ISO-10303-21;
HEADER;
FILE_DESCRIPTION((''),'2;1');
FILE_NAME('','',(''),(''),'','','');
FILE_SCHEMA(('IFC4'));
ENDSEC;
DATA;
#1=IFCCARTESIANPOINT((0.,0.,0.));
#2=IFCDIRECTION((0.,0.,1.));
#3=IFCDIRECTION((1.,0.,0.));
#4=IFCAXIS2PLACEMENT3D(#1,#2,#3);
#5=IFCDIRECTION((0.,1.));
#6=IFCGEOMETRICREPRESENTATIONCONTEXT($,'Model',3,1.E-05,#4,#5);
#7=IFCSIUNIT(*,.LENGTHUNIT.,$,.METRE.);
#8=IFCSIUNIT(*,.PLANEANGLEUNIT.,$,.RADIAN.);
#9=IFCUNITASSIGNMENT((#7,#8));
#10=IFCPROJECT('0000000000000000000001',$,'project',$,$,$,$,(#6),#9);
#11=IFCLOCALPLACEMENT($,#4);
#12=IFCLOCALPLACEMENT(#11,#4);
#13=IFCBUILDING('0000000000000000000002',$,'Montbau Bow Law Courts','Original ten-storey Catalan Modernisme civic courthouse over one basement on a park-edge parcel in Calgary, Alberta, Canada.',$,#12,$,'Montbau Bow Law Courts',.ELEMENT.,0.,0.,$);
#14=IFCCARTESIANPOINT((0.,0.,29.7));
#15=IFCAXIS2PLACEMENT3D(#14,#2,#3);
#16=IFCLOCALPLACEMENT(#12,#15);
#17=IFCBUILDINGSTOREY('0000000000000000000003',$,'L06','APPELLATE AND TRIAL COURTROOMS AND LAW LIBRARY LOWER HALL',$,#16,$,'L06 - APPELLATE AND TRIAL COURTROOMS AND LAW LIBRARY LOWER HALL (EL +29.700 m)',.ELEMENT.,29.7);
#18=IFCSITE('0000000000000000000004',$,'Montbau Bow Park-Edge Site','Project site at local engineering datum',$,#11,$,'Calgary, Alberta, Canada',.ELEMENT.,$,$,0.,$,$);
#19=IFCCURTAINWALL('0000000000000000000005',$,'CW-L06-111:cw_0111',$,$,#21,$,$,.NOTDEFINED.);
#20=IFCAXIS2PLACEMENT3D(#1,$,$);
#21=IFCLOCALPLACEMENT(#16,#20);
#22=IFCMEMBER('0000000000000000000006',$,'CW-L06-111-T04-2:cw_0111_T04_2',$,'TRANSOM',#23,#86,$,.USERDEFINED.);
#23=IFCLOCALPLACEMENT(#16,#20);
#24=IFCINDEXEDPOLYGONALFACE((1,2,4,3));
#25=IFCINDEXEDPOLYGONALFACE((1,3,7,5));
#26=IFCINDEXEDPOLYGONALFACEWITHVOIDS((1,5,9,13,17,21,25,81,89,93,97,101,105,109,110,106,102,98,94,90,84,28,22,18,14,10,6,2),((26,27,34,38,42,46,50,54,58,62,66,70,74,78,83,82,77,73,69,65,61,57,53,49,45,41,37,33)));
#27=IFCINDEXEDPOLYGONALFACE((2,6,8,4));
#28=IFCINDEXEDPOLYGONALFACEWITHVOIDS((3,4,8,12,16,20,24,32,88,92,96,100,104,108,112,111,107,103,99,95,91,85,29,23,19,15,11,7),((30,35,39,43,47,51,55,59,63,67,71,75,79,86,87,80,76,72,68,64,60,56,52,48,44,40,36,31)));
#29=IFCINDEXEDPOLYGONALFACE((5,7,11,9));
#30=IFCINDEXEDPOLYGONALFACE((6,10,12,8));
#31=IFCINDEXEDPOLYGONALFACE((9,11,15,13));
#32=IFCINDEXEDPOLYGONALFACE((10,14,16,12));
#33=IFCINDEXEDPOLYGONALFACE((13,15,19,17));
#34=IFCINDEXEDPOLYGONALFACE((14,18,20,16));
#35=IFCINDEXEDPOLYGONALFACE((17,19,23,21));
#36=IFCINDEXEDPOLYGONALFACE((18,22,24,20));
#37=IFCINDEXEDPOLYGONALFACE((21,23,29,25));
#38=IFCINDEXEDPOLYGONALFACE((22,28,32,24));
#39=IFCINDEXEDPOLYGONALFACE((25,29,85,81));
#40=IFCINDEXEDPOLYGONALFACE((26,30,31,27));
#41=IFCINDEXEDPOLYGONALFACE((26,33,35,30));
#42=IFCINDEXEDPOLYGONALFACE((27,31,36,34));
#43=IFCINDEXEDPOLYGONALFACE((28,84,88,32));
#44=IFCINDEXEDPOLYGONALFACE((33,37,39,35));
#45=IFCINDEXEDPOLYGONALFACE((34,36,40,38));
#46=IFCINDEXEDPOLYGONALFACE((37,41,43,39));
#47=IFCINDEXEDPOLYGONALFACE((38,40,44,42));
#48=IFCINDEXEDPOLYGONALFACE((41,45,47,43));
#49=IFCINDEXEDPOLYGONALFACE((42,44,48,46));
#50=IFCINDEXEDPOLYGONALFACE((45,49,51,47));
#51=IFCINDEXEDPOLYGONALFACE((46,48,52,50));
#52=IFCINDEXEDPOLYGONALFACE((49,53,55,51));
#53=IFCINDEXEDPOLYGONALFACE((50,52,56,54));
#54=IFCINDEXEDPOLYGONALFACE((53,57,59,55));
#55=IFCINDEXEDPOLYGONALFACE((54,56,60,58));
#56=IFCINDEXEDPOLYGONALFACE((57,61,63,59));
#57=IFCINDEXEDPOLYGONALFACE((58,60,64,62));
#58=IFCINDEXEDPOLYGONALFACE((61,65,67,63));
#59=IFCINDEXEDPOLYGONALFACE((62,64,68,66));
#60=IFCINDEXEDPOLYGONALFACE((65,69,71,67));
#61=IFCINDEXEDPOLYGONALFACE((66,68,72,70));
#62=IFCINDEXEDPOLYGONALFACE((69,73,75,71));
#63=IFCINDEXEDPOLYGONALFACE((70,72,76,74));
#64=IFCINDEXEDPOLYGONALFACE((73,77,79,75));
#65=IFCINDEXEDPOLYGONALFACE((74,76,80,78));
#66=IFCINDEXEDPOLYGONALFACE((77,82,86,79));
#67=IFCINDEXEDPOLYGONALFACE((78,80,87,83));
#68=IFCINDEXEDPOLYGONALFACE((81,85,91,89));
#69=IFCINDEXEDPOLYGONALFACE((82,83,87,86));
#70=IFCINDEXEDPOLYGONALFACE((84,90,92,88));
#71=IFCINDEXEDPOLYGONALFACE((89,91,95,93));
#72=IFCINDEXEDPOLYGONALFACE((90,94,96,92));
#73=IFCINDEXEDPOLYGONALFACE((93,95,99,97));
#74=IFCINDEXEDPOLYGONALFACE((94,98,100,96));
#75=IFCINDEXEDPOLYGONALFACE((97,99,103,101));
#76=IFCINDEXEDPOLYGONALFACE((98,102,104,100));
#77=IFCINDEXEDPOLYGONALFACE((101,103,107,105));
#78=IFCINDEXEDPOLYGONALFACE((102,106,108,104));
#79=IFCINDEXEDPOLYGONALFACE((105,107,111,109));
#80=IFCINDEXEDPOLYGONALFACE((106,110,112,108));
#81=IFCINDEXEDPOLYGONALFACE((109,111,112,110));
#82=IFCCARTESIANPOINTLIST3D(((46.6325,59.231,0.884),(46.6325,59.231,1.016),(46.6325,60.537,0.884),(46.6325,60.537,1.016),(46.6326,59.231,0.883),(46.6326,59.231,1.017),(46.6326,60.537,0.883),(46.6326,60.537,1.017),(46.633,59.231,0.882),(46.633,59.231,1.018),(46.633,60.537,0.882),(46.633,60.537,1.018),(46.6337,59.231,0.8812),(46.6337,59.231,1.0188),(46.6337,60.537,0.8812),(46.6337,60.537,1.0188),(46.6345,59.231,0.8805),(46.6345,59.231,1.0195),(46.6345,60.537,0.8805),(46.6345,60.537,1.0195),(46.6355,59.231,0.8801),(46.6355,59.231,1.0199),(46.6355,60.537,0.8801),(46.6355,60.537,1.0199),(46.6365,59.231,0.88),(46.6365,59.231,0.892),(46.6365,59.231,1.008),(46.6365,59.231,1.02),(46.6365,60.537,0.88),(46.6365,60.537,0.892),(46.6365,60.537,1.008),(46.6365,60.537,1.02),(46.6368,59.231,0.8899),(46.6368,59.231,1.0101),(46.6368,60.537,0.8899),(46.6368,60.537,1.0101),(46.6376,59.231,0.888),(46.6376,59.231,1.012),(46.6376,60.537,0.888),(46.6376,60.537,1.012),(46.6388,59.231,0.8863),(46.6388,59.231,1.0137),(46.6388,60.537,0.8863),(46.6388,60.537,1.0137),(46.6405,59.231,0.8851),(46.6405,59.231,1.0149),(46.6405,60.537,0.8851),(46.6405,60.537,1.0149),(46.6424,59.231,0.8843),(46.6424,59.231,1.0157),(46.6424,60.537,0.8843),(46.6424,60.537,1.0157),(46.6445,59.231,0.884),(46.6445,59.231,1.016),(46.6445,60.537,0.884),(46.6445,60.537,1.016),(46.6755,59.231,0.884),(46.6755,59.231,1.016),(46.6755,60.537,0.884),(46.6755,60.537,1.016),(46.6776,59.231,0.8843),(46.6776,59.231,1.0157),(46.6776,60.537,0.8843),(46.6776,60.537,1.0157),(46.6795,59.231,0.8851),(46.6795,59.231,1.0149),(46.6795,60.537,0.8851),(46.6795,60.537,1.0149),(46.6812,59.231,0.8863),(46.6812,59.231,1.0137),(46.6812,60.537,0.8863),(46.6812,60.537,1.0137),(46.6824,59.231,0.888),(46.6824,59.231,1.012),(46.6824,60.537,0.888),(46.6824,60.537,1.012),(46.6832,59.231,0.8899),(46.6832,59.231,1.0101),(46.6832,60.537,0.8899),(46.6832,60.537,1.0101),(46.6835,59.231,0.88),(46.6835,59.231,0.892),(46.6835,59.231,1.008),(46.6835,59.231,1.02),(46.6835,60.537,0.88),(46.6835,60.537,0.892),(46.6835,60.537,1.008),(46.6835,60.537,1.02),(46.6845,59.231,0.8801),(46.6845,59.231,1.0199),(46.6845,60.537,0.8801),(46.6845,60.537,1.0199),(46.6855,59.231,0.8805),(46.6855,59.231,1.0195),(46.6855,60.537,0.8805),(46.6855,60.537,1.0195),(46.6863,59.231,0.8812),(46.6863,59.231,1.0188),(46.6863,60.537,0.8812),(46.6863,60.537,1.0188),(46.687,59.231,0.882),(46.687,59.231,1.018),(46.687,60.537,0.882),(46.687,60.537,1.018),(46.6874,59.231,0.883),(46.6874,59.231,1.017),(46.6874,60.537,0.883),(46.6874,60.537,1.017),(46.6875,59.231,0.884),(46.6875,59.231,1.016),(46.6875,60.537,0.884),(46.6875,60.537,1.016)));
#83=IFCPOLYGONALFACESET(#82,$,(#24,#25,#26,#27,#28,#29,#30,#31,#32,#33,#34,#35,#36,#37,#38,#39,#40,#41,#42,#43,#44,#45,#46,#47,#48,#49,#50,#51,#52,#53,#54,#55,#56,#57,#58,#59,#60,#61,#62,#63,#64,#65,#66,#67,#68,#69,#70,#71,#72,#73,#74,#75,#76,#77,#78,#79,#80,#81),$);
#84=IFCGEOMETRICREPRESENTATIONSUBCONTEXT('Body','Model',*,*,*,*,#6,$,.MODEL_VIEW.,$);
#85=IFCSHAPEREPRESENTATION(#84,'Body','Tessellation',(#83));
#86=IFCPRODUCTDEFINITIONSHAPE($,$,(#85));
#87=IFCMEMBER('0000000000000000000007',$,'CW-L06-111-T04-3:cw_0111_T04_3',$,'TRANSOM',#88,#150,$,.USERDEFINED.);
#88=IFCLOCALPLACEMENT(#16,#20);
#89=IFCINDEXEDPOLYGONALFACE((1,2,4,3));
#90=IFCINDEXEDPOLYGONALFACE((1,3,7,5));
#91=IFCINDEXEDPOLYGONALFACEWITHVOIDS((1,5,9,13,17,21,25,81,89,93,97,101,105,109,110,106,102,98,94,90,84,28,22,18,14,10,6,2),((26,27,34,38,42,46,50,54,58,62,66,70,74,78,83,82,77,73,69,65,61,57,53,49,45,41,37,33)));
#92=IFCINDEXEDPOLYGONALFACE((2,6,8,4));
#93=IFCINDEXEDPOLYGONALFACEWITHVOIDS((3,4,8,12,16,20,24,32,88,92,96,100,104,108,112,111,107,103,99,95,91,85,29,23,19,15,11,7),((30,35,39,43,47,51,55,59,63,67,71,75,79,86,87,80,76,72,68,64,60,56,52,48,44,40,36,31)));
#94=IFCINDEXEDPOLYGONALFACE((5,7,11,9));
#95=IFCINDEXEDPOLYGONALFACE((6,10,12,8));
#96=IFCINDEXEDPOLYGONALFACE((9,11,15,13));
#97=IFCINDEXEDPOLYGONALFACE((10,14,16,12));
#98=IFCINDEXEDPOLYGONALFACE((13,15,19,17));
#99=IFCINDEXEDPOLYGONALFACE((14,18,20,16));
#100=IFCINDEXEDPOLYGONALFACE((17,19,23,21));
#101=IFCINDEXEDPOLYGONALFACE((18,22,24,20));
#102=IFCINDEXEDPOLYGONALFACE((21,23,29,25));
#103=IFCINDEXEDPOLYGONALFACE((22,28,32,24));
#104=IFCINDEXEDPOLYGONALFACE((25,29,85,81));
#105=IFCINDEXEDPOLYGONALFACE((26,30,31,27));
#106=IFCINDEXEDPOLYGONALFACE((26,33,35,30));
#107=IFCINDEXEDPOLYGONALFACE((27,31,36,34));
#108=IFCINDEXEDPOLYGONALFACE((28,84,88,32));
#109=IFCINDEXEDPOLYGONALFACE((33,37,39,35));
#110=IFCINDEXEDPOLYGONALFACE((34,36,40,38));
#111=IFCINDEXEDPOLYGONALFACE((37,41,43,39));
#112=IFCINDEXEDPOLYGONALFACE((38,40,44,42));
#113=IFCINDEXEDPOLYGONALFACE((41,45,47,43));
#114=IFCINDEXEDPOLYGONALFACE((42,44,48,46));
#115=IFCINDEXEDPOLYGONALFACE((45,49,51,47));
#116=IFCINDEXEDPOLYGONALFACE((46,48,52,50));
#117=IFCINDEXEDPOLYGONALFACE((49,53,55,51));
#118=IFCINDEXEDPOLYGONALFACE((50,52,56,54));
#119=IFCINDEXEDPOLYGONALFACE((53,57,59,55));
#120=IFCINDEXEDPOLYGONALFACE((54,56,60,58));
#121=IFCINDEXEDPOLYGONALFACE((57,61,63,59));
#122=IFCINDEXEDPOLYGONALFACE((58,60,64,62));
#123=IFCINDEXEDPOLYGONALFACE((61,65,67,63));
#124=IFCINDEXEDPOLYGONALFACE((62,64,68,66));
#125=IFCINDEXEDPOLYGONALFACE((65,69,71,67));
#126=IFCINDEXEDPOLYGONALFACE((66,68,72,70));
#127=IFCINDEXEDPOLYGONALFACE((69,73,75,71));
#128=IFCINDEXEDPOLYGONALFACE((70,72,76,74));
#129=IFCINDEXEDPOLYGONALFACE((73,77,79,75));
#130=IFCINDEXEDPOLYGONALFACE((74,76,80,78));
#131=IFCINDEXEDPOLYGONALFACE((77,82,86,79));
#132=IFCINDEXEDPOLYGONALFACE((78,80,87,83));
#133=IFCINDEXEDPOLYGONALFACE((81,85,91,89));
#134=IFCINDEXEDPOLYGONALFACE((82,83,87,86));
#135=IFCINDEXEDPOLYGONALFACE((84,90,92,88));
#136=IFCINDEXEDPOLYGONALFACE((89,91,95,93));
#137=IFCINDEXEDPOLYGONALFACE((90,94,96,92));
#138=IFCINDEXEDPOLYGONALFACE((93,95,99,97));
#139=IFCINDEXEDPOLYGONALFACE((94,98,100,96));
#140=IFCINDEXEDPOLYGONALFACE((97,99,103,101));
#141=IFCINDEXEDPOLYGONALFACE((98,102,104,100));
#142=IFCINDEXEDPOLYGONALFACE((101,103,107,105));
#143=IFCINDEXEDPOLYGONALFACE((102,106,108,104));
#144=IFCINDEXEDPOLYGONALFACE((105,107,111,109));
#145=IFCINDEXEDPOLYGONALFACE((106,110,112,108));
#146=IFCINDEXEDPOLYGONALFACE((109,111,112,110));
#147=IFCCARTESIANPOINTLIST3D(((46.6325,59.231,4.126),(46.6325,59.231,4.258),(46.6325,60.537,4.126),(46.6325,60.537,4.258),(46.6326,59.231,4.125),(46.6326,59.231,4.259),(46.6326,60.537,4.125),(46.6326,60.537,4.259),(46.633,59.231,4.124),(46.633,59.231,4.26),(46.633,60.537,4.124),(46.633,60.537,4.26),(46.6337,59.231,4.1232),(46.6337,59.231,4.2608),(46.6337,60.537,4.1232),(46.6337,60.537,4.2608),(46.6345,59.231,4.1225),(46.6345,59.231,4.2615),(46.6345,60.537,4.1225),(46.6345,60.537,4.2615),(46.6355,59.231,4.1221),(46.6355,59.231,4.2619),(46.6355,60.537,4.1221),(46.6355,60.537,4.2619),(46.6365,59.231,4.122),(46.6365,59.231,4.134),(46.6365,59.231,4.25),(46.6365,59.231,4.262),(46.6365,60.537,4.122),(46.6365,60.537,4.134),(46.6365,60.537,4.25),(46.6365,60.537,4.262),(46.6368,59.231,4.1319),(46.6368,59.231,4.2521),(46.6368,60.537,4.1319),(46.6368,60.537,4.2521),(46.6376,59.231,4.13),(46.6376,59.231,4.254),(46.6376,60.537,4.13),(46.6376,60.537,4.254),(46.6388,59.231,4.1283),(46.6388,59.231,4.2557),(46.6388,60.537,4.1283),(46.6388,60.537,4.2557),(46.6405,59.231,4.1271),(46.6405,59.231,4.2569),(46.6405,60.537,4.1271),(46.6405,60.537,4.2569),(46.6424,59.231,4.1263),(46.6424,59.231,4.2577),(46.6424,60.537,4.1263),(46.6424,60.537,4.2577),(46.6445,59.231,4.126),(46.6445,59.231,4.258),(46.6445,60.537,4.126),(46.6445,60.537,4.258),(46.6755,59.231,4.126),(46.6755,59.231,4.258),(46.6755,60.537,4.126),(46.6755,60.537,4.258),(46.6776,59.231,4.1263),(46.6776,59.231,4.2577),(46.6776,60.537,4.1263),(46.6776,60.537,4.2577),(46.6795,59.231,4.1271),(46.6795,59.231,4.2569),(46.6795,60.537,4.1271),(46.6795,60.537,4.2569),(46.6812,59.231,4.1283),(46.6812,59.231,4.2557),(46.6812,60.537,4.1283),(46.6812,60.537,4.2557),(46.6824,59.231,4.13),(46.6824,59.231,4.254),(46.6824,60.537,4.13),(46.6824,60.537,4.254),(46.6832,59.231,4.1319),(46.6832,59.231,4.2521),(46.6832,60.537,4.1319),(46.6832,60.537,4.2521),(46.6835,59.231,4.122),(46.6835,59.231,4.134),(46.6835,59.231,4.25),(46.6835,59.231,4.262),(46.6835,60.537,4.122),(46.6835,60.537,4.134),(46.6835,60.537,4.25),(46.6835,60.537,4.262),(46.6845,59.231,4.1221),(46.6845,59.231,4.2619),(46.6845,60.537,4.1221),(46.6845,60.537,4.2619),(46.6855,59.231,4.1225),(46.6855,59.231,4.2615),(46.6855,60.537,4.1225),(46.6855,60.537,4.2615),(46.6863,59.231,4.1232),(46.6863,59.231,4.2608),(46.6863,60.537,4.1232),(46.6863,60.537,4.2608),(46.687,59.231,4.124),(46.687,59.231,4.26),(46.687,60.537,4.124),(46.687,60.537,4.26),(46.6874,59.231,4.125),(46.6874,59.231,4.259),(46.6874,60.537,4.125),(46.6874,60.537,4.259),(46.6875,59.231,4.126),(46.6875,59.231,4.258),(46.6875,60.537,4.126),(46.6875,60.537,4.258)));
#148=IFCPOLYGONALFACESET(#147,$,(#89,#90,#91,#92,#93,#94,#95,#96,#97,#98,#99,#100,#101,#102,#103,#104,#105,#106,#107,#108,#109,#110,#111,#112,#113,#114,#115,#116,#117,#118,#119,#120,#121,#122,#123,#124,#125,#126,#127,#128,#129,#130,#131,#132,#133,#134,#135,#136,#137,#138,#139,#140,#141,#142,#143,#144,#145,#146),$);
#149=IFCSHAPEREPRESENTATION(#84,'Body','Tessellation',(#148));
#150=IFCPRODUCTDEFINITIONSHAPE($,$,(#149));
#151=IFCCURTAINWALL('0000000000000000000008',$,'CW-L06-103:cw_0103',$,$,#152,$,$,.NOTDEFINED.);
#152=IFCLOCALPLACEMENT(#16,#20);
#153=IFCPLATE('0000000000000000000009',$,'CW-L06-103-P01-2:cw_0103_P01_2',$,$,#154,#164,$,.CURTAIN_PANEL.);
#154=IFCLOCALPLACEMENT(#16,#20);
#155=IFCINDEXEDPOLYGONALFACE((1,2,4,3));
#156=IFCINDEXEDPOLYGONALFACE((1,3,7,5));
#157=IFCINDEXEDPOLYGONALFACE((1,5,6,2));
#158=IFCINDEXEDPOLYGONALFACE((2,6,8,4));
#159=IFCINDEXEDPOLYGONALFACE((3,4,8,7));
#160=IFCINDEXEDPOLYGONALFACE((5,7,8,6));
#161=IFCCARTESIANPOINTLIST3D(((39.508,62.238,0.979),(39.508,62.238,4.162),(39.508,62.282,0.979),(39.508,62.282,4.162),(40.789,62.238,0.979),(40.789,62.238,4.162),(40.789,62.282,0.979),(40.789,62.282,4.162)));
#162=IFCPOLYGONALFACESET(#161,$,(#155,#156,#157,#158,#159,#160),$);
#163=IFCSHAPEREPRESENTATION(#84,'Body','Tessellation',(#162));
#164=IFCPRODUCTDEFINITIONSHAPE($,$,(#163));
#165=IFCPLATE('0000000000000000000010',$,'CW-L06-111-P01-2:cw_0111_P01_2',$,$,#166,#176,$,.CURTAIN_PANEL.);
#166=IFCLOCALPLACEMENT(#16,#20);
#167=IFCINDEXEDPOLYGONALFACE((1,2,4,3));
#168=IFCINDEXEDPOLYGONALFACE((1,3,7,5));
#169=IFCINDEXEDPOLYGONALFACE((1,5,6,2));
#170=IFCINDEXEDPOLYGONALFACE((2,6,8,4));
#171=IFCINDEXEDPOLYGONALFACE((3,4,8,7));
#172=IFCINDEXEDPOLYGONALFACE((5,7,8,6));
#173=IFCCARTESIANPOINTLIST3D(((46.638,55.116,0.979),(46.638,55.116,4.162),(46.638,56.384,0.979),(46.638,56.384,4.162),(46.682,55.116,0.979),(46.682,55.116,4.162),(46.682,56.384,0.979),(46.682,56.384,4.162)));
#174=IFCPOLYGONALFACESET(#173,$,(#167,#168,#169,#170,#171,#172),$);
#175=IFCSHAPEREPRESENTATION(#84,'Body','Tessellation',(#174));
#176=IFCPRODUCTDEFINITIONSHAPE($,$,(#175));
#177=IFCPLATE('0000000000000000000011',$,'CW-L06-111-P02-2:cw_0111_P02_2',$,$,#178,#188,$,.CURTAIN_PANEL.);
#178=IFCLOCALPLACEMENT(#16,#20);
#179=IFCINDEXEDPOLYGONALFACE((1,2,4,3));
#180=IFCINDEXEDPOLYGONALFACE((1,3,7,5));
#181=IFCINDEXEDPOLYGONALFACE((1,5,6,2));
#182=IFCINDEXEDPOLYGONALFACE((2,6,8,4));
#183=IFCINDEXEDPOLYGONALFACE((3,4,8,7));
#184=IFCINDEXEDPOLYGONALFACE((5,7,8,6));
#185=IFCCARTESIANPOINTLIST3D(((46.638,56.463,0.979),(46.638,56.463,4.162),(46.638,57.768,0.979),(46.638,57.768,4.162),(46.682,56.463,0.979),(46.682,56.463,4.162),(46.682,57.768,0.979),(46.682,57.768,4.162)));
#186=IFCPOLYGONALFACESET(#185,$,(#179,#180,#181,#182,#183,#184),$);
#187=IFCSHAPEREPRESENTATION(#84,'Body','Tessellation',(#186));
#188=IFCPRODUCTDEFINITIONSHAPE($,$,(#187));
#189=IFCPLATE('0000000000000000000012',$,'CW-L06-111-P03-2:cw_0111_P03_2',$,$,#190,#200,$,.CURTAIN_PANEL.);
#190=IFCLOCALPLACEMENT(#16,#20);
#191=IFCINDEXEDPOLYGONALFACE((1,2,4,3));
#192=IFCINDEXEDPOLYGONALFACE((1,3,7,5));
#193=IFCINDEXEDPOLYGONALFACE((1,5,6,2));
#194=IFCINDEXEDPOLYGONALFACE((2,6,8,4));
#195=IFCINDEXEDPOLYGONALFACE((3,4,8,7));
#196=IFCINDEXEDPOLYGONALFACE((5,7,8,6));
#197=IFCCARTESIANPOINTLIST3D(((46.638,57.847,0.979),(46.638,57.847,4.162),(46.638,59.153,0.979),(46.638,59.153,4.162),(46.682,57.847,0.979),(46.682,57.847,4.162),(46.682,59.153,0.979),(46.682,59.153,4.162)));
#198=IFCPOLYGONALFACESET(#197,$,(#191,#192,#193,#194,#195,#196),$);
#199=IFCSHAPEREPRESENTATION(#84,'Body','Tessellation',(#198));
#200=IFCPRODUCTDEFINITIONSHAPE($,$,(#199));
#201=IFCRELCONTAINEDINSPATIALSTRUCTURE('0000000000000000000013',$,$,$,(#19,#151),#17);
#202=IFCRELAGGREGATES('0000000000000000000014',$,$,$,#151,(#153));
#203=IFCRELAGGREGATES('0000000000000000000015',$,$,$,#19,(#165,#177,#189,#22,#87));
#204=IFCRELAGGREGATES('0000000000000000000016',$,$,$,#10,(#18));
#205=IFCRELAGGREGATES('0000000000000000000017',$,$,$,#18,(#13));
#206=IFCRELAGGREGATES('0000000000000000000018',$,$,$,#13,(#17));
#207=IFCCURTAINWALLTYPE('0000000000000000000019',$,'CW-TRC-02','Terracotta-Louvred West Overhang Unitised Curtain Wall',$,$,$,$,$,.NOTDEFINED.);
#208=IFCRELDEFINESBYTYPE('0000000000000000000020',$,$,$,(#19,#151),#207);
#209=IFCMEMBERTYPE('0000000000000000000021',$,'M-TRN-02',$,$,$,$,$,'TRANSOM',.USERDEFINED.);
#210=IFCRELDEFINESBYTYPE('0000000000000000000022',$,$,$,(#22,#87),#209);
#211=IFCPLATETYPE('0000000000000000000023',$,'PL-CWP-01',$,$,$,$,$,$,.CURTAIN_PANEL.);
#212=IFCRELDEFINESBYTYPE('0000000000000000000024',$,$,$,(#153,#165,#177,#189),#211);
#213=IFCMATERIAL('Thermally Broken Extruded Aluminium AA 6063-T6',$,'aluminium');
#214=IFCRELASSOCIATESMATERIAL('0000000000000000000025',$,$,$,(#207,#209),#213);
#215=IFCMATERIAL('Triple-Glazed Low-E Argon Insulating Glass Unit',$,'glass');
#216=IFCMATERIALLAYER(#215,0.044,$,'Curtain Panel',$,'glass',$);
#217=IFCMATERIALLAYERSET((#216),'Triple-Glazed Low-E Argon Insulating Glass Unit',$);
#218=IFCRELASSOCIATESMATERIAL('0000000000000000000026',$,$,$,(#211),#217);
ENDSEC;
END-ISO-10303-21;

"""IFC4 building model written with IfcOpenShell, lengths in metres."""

from ifc_helpers import new_model, si_unit, direction, frame, frame_2d, origin_with_axes, origin_2d_with_axis, place, context, subcontext, project, spatial, rectangle, hollow_rectangle, extrude, material, layer, layer_set, material_profile, profile_set, type_object, element, aggregate, save


model = new_model("IFC4")

# Units and contexts
model_context = context("Model", 3, precision=1e-05, world=origin_with_axes(), true_north=direction((0.0, 1.0)))
body_context = subcontext(model_context, "Body", "Model", "MODEL_VIEW")
ifc_project = project(units=[si_unit("LENGTHUNIT", "METRE"), si_unit("PLANEANGLEUNIT", "RADIAN")], contexts=[model_context])

# Site, building, storey
site_placement = place(None, origin_with_axes())
site = spatial("IfcSite", under=ifc_project, at=site_placement, Name="Montbau Bow Park-Edge Site", Description="Project site at local engineering datum", LongName="Calgary, Alberta, Canada", CompositionType="ELEMENT", RefElevation=0.0)
building_placement = place(site_placement, origin_with_axes())
building = spatial("IfcBuilding", under=site, at=building_placement, Name="Montbau Bow Law Courts", Description="Original ten-storey Catalan Modernisme civic courthouse over one basement on a park-edge parcel in Calgary, Alberta, Canada.", LongName="Montbau Bow Law Courts", CompositionType="ELEMENT", ElevationOfRefHeight=0.0, ElevationOfTerrain=0.0)
storey_placement = place(building_placement, frame((0.0, 0.0, 29.7), z_axis=(0.0, 0.0, 1.0), x_axis=(1.0, 0.0, 0.0)))
storey = spatial("IfcBuildingStorey", under=building, at=storey_placement, Name="L06", Description="APPELLATE AND TRIAL COURTROOMS AND LAW LIBRARY LOWER HALL", LongName="L06 - APPELLATE AND TRIAL COURTROOMS AND LAW LIBRARY LOWER HALL (EL +29.700 m)", CompositionType="ELEMENT", Elevation=29.7)

# Curtain wall, members
ifc_material_1 = material(Name="Thermally Broken Extruded Aluminium AA 6063-T6", Category="aluminium")
curtain_wall_type = type_object("IfcCurtainWallType", Name="CW-TRC-02", Description="Terracotta-Louvred West Overhang Unitised Curtain Wall", PredefinedType="NOTDEFINED", material=ifc_material_1)
curtain_wall_1_placement = place(None, frame((46.66, 55.04, 29.7), z_axis=(0.0, 0.0, 1.0), x_axis=(1.0, 0.0, 0.0)))
curtain_wall_1 = element("IfcCurtainWall", 1, at=curtain_wall_1_placement, inside=storey, type_object=curtain_wall_type, Name="CW-L06-111:cw_0111", PredefinedType="NOTDEFINED")
ifc_material_profile_1 = material_profile(ifc_material_1, hollow_rectangle(XDim=0.055, YDim=0.14, WallThickness=0.004, InnerFilletRadius=0.008, OuterFilletRadius=0.004, at=origin_2d_with_axis()), Name="CWT-140X55", Category="Main", Priority=0)
ifc_profile_set_1 = profile_set([ifc_material_profile_1], Name="Thermally Broken Extruded Aluminium AA 6063-T6")
member_type_1 = type_object("IfcMemberType", Name="M-TRN-02", ElementType="TRANSOM", PredefinedType="USERDEFINED", material=ifc_profile_set_1)
member_1_placement = place(None, frame((46.66, 59.231, 30.65), z_axis=(0.0, 1.0, 0.0), x_axis=(-1.0, 0.0, 0.0)))
member_1 = element("IfcMember", 2, at=member_1_placement, type_object=member_type_1, Name="CW-L06-111-T04-2:cw_0111_T04_2", ObjectType="TRANSOM", PredefinedType="USERDEFINED", context=body_context, shape_type="SweptSolid", body=[
    extrude(hollow_rectangle(XDim=0.055, YDim=0.14, WallThickness=0.004, InnerFilletRadius=0.008, OuterFilletRadius=0.004, at=origin_2d_with_axis()), origin_with_axes(), (0.0, 0.0, 1.0), 1.306),
])
member_2_placement = place(None, frame((46.66, 59.231, 33.892), z_axis=(0.0, 1.0, 0.0), x_axis=(-1.0, 0.0, 0.0)))
member_2 = element("IfcMember", 3, at=member_2_placement, type_object=member_type_1, Name="CW-L06-111-T04-3:cw_0111_T04_3", ObjectType="TRANSOM", PredefinedType="USERDEFINED", context=body_context, shape_type="SweptSolid", body=[
    extrude(hollow_rectangle(XDim=0.055, YDim=0.14, WallThickness=0.004, InnerFilletRadius=0.008, OuterFilletRadius=0.004, at=origin_2d_with_axis()), origin_with_axes(), (0.0, 0.0, 1.0), 1.306),
])

# Curtain wall, plate
curtain_wall_2_placement = place(None, frame((39.44, 62.26, 29.7), z_axis=(0.0, 0.0, 1.0), x_axis=(1.0, 0.0, 0.0)))
curtain_wall_2 = element("IfcCurtainWall", 4, at=curtain_wall_2_placement, inside=storey, type_object=curtain_wall_type, Name="CW-L06-103:cw_0103", PredefinedType="NOTDEFINED")
ifc_material_2 = material(Name="Triple-Glazed Low-E Argon Insulating Glass Unit", Category="glass")
ifc_layer_1 = layer(ifc_material_2, 0.044, Name="Curtain Panel", Category="glass")
ifc_layer_set_1 = layer_set([ifc_layer_1], Name="Triple-Glazed Low-E Argon Insulating Glass Unit")
plate_type_1 = type_object("IfcPlateType", Name="PL-CWP-01", PredefinedType="CURTAIN_PANEL", material=ifc_layer_set_1)
plate_1_placement = place(None, frame((39.508, 62.26, 30.679), z_axis=(0.0, -1.0, 0.0), x_axis=(1.0, 0.0, 0.0)))
plate_1 = element("IfcPlate", 5, at=plate_1_placement, type_object=plate_type_1, Name="CW-L06-103-P01-2:cw_0103_P01_2", PredefinedType="CURTAIN_PANEL", context=body_context, shape_type="SweptSolid", body=[
    extrude(rectangle(XDim=1.281, YDim=3.183, at=frame_2d((0.6405, 1.5915), x_axis=(1.0, 0.0))), frame((0.0, 0.0, -0.022), z_axis=(0.0, 0.0, 1.0), x_axis=(1.0, 0.0, 0.0)), (0.0, 0.0, 1.0), 0.044),
])

# Plates
plate_2_placement = place(None, frame((46.66, 55.116, 30.679), z_axis=(1.0, 0.0, 0.0), x_axis=(0.0, 1.0, 0.0)))
plate_2 = element("IfcPlate", 6, at=plate_2_placement, type_object=plate_type_1, Name="CW-L06-111-P01-2:cw_0111_P01_2", PredefinedType="CURTAIN_PANEL", context=body_context, shape_type="SweptSolid", body=[
    extrude(rectangle(XDim=1.268, YDim=3.183, at=frame_2d((0.634, 1.5915), x_axis=(1.0, 0.0))), frame((0.0, 0.0, -0.022), z_axis=(0.0, 0.0, 1.0), x_axis=(1.0, 0.0, 0.0)), (0.0, 0.0, 1.0), 0.044),
])
plate_3_placement = place(None, frame((46.66, 56.463, 30.679), z_axis=(1.0, 0.0, 0.0), x_axis=(0.0, 1.0, 0.0)))
plate_3 = element("IfcPlate", 7, at=plate_3_placement, type_object=plate_type_1, Name="CW-L06-111-P02-2:cw_0111_P02_2", PredefinedType="CURTAIN_PANEL", context=body_context, shape_type="SweptSolid", body=[
    extrude(rectangle(XDim=1.305, YDim=3.183, at=frame_2d((0.6525, 1.5915), x_axis=(1.0, 0.0))), frame((0.0, 0.0, -0.022), z_axis=(0.0, 0.0, 1.0), x_axis=(1.0, 0.0, 0.0)), (0.0, 0.0, 1.0), 0.044),
])
plate_4_placement = place(None, frame((46.66, 57.847, 30.679), z_axis=(1.0, 0.0, 0.0), x_axis=(0.0, 1.0, 0.0)))
plate_4 = element("IfcPlate", 8, at=plate_4_placement, type_object=plate_type_1, Name="CW-L06-111-P03-2:cw_0111_P03_2", PredefinedType="CURTAIN_PANEL", context=body_context, shape_type="SweptSolid", body=[
    extrude(rectangle(XDim=1.306, YDim=3.183, at=frame_2d((0.653, 1.5915), x_axis=(1.0, 0.0))), frame((0.0, 0.0, -0.022), z_axis=(0.0, 0.0, 1.0), x_axis=(1.0, 0.0, 0.0)), (0.0, 0.0, 1.0), 0.044),
])
aggregate(curtain_wall_2, [plate_1])
aggregate(curtain_wall_1, [plate_2, plate_3, plate_4, member_1, member_2])

save(model, "model.ifc")
